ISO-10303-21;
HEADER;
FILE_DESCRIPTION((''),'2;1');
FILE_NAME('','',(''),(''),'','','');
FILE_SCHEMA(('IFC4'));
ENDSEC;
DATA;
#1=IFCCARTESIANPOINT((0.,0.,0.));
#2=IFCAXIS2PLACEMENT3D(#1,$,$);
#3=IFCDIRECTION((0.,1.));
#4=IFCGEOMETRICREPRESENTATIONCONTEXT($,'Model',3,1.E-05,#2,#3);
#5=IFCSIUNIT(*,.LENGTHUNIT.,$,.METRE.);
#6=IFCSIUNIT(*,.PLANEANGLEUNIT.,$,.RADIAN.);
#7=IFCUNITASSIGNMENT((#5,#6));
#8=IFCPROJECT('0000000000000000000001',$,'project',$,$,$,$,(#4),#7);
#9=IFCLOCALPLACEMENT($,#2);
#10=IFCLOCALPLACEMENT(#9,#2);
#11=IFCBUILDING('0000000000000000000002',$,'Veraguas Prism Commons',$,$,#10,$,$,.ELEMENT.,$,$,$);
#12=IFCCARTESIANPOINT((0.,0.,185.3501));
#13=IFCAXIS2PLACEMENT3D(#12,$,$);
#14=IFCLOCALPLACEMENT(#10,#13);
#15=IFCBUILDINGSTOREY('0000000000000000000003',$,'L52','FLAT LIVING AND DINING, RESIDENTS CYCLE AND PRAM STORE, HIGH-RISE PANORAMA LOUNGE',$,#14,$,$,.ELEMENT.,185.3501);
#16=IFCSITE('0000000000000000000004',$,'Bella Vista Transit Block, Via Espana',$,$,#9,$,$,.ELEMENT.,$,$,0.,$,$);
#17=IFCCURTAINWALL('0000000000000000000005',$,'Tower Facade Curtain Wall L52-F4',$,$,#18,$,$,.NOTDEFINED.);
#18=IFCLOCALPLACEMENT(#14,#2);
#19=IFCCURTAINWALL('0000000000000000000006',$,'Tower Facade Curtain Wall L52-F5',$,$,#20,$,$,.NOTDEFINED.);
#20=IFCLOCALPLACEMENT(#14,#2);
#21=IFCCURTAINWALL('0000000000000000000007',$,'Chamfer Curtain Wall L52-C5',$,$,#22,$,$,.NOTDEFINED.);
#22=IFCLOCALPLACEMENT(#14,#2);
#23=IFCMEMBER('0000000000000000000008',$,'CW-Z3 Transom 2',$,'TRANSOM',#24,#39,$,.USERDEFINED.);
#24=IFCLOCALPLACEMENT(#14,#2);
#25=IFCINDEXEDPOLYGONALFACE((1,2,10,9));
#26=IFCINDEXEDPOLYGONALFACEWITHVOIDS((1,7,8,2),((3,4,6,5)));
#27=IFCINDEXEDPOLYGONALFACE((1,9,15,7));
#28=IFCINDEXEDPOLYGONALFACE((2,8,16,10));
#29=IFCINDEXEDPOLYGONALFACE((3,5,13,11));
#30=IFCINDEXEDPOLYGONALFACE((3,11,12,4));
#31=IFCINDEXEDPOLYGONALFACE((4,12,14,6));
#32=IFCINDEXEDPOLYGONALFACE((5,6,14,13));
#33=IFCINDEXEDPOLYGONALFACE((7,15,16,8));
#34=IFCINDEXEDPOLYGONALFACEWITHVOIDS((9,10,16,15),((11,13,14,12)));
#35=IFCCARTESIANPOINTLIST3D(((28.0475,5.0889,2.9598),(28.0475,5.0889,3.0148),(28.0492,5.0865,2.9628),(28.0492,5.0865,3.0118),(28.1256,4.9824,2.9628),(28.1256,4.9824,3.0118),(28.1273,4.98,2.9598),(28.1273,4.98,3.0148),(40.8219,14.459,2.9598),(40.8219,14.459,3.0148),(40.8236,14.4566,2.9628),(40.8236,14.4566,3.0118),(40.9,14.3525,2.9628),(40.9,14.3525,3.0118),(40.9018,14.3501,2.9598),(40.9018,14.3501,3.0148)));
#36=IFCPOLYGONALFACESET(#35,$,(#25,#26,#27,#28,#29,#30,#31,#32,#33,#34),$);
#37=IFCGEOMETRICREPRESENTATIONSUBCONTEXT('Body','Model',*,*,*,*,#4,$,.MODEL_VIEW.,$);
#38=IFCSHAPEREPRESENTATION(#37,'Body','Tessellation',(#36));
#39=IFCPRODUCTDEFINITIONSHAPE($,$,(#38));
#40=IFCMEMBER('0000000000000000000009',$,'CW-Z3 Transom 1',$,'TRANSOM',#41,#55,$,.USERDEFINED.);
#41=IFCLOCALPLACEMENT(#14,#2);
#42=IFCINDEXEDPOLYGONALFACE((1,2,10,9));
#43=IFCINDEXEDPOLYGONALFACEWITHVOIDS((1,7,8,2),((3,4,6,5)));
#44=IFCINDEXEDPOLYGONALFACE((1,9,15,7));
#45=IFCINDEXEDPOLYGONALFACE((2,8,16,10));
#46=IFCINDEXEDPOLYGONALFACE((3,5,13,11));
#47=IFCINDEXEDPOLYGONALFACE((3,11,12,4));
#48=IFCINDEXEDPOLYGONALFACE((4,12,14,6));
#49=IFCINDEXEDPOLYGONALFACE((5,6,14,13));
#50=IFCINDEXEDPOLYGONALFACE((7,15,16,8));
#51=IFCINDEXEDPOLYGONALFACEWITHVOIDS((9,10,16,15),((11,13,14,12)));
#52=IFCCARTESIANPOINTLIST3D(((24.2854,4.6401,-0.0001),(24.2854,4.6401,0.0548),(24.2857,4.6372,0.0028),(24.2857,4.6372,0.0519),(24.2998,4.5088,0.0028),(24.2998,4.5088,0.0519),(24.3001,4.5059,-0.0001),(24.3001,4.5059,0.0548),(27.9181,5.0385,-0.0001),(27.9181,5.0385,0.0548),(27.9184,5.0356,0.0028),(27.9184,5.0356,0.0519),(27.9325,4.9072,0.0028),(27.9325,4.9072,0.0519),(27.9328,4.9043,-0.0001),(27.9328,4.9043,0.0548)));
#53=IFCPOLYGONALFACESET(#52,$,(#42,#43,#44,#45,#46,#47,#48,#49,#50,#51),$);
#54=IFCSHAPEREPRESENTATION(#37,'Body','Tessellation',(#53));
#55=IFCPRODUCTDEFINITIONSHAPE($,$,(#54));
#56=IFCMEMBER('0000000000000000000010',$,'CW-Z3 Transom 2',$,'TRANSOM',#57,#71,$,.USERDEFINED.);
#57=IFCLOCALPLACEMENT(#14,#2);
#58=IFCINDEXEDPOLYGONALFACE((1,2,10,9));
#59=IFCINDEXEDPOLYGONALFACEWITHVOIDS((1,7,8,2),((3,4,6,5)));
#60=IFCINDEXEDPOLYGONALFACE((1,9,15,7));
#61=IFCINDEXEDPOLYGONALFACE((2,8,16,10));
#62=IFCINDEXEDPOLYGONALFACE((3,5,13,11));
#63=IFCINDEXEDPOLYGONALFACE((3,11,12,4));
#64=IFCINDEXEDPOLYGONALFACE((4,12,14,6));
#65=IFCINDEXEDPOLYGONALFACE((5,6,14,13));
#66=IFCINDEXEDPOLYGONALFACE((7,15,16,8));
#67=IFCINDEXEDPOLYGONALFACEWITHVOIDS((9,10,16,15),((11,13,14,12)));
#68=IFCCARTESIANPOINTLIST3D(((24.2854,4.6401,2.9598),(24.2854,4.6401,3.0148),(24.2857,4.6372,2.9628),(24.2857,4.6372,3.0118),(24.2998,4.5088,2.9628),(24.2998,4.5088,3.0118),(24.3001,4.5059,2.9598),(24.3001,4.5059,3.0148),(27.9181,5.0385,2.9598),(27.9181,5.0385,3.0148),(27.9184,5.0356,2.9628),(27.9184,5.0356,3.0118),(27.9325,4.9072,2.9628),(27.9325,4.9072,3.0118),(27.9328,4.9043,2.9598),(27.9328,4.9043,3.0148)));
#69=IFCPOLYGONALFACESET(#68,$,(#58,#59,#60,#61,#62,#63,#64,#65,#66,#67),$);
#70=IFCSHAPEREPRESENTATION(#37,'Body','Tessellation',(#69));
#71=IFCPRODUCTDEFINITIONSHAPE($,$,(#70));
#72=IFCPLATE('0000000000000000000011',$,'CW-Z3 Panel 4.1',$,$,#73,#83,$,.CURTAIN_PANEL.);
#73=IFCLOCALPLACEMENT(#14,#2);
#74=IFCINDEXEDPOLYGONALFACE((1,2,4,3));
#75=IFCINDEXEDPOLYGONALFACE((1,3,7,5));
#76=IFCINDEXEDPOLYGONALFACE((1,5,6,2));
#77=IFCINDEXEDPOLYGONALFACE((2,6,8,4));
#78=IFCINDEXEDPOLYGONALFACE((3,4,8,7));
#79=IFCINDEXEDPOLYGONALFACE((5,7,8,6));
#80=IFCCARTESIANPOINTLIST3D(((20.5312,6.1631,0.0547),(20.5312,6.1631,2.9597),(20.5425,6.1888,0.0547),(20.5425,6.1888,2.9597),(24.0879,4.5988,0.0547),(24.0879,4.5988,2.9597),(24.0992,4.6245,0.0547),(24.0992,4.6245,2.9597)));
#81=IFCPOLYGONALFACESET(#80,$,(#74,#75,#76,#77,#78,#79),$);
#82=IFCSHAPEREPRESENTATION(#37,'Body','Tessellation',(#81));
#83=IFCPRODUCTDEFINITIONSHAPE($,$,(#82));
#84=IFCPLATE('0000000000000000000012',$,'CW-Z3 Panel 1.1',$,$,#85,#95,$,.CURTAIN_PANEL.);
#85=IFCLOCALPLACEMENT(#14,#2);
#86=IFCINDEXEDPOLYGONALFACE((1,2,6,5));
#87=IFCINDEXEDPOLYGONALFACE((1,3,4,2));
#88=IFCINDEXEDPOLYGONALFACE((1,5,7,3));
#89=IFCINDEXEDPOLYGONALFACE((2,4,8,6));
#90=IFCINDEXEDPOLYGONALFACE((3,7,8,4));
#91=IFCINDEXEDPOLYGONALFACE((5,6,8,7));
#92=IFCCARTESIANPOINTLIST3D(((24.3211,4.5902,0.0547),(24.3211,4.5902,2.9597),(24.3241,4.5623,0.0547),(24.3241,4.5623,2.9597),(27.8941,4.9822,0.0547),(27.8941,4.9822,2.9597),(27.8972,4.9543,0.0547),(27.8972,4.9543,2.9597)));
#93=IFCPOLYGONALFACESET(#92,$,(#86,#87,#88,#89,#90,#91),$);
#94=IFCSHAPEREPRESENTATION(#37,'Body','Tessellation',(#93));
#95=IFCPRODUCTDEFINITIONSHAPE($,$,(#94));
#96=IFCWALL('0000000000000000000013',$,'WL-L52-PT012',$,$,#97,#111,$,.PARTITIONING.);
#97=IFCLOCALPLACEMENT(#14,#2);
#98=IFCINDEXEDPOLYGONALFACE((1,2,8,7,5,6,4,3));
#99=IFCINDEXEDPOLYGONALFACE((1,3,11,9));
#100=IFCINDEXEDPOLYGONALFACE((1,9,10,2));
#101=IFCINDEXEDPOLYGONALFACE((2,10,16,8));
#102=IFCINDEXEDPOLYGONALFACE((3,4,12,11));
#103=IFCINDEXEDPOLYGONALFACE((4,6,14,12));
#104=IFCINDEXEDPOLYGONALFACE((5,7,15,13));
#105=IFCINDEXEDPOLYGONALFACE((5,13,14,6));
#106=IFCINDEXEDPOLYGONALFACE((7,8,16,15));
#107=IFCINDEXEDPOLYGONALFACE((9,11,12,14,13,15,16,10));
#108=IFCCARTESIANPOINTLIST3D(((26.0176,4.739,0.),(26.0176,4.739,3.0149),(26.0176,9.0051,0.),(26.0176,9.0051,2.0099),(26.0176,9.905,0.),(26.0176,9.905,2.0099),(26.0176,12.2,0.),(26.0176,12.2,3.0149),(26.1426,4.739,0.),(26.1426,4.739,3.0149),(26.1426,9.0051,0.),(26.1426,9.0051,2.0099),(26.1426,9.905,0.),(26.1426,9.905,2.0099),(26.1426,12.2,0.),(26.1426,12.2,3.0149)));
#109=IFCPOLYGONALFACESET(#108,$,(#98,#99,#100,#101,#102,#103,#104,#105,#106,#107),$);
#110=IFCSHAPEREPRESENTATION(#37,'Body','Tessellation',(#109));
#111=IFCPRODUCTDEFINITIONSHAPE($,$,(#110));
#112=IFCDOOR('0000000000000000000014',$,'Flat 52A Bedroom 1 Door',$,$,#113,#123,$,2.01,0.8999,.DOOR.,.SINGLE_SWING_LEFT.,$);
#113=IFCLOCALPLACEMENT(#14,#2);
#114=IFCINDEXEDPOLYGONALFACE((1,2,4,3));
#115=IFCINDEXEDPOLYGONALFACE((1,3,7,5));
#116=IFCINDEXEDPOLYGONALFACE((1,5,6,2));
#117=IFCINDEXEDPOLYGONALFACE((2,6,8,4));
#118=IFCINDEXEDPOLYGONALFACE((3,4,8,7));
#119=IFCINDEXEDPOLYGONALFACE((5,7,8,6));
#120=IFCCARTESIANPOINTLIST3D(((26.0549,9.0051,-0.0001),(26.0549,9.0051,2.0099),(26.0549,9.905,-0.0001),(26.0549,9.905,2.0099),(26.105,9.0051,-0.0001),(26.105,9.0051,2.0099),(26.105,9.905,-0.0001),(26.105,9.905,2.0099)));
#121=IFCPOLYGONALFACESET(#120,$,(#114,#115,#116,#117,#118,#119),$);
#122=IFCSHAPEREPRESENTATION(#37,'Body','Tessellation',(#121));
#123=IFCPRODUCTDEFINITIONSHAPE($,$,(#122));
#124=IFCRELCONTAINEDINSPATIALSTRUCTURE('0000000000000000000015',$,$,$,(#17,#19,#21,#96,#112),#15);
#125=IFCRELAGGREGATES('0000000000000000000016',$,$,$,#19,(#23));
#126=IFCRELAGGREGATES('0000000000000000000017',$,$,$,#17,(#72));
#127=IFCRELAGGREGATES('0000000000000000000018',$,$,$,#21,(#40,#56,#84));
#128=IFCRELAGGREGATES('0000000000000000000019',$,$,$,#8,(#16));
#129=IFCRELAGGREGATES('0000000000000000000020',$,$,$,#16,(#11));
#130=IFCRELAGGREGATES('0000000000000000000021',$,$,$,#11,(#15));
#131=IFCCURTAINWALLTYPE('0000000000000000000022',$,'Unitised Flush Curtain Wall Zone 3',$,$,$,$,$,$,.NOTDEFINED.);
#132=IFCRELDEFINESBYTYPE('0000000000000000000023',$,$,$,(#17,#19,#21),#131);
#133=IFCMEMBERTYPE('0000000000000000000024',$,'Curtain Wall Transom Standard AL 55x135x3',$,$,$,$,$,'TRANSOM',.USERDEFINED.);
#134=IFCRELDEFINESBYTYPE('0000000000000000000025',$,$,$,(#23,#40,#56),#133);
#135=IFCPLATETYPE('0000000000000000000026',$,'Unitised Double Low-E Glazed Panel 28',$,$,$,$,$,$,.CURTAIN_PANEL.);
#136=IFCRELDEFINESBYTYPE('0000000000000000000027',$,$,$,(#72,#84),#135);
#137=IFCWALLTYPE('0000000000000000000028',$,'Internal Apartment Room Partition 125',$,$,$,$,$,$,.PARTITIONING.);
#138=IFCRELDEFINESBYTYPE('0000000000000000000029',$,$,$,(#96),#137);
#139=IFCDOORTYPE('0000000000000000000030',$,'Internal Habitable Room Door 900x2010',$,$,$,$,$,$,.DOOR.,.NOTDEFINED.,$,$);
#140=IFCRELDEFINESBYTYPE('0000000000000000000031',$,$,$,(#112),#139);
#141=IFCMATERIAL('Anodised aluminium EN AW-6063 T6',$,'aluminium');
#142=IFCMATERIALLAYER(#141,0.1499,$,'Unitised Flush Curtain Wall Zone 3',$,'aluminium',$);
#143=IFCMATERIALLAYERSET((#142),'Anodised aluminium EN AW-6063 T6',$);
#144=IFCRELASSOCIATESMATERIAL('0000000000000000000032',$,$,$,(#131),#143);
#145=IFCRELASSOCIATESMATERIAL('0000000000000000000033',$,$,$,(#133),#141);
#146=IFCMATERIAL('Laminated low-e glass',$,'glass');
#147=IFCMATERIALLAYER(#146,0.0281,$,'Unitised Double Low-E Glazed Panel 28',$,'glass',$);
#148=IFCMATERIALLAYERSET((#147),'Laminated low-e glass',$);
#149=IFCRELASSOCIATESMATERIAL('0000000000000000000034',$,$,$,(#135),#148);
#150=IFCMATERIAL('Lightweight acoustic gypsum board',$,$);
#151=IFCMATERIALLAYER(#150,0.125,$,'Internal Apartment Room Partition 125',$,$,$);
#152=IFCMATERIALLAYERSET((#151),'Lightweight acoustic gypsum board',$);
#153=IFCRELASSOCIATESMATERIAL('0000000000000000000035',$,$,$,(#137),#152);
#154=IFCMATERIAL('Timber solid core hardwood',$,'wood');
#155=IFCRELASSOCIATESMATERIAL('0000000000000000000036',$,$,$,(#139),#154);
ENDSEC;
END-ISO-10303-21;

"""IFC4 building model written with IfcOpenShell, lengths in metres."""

from ifc_helpers import new_model, si_unit, direction, frame, frame_2d, origin, origin_2d, place, context, subcontext, project, spatial, rectangle, hollow_rectangle, extrude, source, transform, mapped, material, layer, layer_set, material_profile, profile_set, type_object, element, fill, aggregate, save


model = new_model("IFC4")

# Units and contexts
model_context = context("Model", 3, precision=1e-05, world=origin(), true_north=direction((0.0, 1.0)))
body_context = subcontext(model_context, "Body", "Model", "MODEL_VIEW")
ifc_project = project(units=[si_unit("LENGTHUNIT", "METRE"), si_unit("PLANEANGLEUNIT", "RADIAN")], contexts=[model_context])

# Site, building, storey
site_placement = place(None, origin())
site = spatial("IfcSite", under=ifc_project, at=site_placement, Name="Bella Vista Transit Block, Via Espana", CompositionType="ELEMENT", RefElevation=0.0)
building_placement = place(site_placement, origin())
building = spatial("IfcBuilding", under=site, at=building_placement, Name="Veraguas Prism Commons", CompositionType="ELEMENT")
storey_placement = place(building_placement, frame((0.0, 0.0, 185.3501)))
storey = spatial("IfcBuildingStorey", under=building, at=storey_placement, Name="L52", Description="FLAT LIVING AND DINING, RESIDENTS CYCLE AND PRAM STORE, HIGH-RISE PANORAMA LOUNGE", CompositionType="ELEMENT", Elevation=185.3501)

# Curtain wall
ifc_material_1 = material(Name="Anodised aluminium EN AW-6063 T6", Category="aluminium")
ifc_layer_1 = layer(ifc_material_1, 0.1499, Name="Unitised Flush Curtain Wall Zone 3", Category="aluminium")
ifc_layer_set_1 = layer_set([ifc_layer_1], Name="Anodised aluminium EN AW-6063 T6")
curtain_wall_type = type_object("IfcCurtainWallType", Name="Unitised Flush Curtain Wall Zone 3", PredefinedType="NOTDEFINED", material=ifc_layer_set_1)
curtain_wall_1_placement = place(storey_placement, origin())
curtain_wall_1 = element("IfcCurtainWall", 1, at=curtain_wall_1_placement, inside=storey, type_object=curtain_wall_type, Name="Tower Facade Curtain Wall L52-F4", PredefinedType="NOTDEFINED")

# Curtain wall
curtain_wall_2_placement = place(storey_placement, origin())
curtain_wall_2 = element("IfcCurtainWall", 2, at=curtain_wall_2_placement, inside=storey, type_object=curtain_wall_type, Name="Tower Facade Curtain Wall L52-F5", PredefinedType="NOTDEFINED")

# Curtain wall
curtain_wall_3_placement = place(storey_placement, origin())
curtain_wall_3 = element("IfcCurtainWall", 3, at=curtain_wall_3_placement, inside=storey, type_object=curtain_wall_type, Name="Chamfer Curtain Wall L52-C5", PredefinedType="NOTDEFINED")

# Members
ifc_material_profile_1 = material_profile(ifc_material_1, hollow_rectangle(XDim=0.0549, YDim=0.135, WallThickness=0.0029, at=origin_2d()), Name="AL55X135X3")
ifc_profile_set_1 = profile_set([ifc_material_profile_1], Name="Anodised aluminium EN AW-6063 T6")
member_type_1 = type_object("IfcMemberType", Name="Curtain Wall Transom Standard AL 55x135x3", ElementType="TRANSOM", PredefinedType="USERDEFINED", material=ifc_profile_set_1)
shared_shape_1 = source(origin(), body_context, "Body", "SweptSolid", [
    extrude(hollow_rectangle(XDim=0.0549, YDim=0.135, WallThickness=0.0029, at=origin_2d()), origin(), (0.0, 0.0, 1.0), 15.8425),
])
member_1_placement = place(storey_placement, frame((28.0874, 5.0344, 2.9873), z_axis=(0.806338, 0.591455, 0.0), x_axis=(0.0, 0.0, 1.0)))
member_1 = element("IfcMember", 4, at=member_1_placement, type_object=member_type_1, Name="CW-Z3 Transom 2", ObjectType="TRANSOM", PredefinedType="USERDEFINED", context=body_context, shape_type="MappedRepresentation", body=[
    mapped(shared_shape_1, transform((0.0, 0.0, 0.0), scale=1.0)),
])
aggregate(curtain_wall_2, [member_1])
shared_shape_2 = source(origin(), body_context, "Body", "SweptSolid", [
    extrude(hollow_rectangle(XDim=0.0549, YDim=0.135, WallThickness=0.0029, at=origin_2d()), origin(), (0.0, 0.0, 1.0), 3.6545),
])
member_2_placement = place(storey_placement, frame((24.2927, 4.573, 0.0273), z_axis=(0.994039, 0.109024, 0.0), x_axis=(0.0, 0.0, 1.0)))
member_2 = element("IfcMember", 5, at=member_2_placement, type_object=member_type_1, Name="CW-Z3 Transom 1", ObjectType="TRANSOM", PredefinedType="USERDEFINED", context=body_context, shape_type="MappedRepresentation", body=[
    mapped(shared_shape_2, transform((0.0, 0.0, 0.0), scale=1.0)),
])
member_3_placement = place(storey_placement, frame((24.2927, 4.573, 2.9873), z_axis=(0.994039, 0.109024, 0.0), x_axis=(0.0, 0.0, 1.0)))
member_3 = element("IfcMember", 6, at=member_3_placement, type_object=member_type_1, Name="CW-Z3 Transom 2", ObjectType="TRANSOM", PredefinedType="USERDEFINED", context=body_context, shape_type="MappedRepresentation", body=[
    mapped(shared_shape_2, transform((0.0, 0.0, 0.0), scale=1.0)),
])

# Plates
ifc_material_2 = material(Name="Laminated low-e glass", Category="glass")
ifc_layer_2 = layer(ifc_material_2, 0.0281, Name="Unitised Double Low-E Glazed Panel 28", Category="glass")
ifc_layer_set_2 = layer_set([ifc_layer_2], Name="Laminated low-e glass")
plate_type = type_object("IfcPlateType", Name="Unitised Double Low-E Glazed Panel 28", PredefinedType="CURTAIN_PANEL", material=ifc_layer_set_2)
shared_shape_3 = source(origin(), body_context, "Body", "SweptSolid", [
    extrude(rectangle(XDim=3.8855, YDim=0.0281, at=origin_2d()), origin(), (0.0, 0.0, 1.0), 2.905),
])
plate_1_placement = place(storey_placement, frame((22.3152, 5.3938, 0.0547), z_axis=(0.0, 0.0, 1.0), x_axis=(0.915385, -0.402581, 0.0)))
plate_1 = element("IfcPlate", 7, at=plate_1_placement, type_object=plate_type, Name="CW-Z3 Panel 4.1", PredefinedType="CURTAIN_PANEL", context=body_context, shape_type="MappedRepresentation", body=[
    mapped(shared_shape_3, transform((0.0, 0.0, 0.0), scale=1.0)),
])
aggregate(curtain_wall_1, [plate_1])
shared_shape_4 = source(origin(), body_context, "Body", "SweptSolid", [
    extrude(rectangle(XDim=3.5945, YDim=0.0281, at=origin_2d()), origin(), (0.0, 0.0, 1.0), 2.905),
])
plate_2_placement = place(storey_placement, frame((26.1091, 4.7722, 0.0547), z_axis=(0.0, 0.0, 1.0), x_axis=(0.994035, 0.109061, 0.0)))
plate_2 = element("IfcPlate", 8, at=plate_2_placement, type_object=plate_type, Name="CW-Z3 Panel 1.1", PredefinedType="CURTAIN_PANEL", context=body_context, shape_type="MappedRepresentation", body=[
    mapped(shared_shape_4, transform((0.0, 0.0, 0.0), scale=1.0)),
])
aggregate(curtain_wall_3, [member_2, member_3, plate_2])

# Wall, opening, door
ifc_material_3 = material(Name="Lightweight acoustic gypsum board")
ifc_layer_3 = layer(ifc_material_3, 0.125, Name="Internal Apartment Room Partition 125")
ifc_layer_set_3 = layer_set([ifc_layer_3], Name="Lightweight acoustic gypsum board")
wall_type = type_object("IfcWallType", Name="Internal Apartment Room Partition 125", PredefinedType="PARTITIONING", material=ifc_layer_set_3)
wall_placement = place(storey_placement, frame((26.0801, 12.2, 0.0), z_axis=(0.0, 0.0, 1.0), x_axis=(0.0, -1.0, 0.0)))
wall = element("IfcWall", 9, at=wall_placement, inside=storey, type_object=wall_type, Name="WL-L52-PT012", PredefinedType="PARTITIONING", context=body_context, shape_type="SweptSolid", body=[
    extrude(rectangle(XDim=7.4609, YDim=0.125, at=frame_2d((3.7305, 0.0))), origin(), (0.0, 0.0, 1.0), 3.0149),
])
opening_placement = place(wall_placement, frame((2.2949, 0.0, 0.0)))
opening = element("IfcOpeningElement", 10, at=opening_placement, cuts=wall, PredefinedType="OPENING", context=body_context, shape_type="SweptSolid", body=[
    extrude(rectangle(XDim=0.8999, YDim=2.01, at=frame_2d((0.45, 1.0049))), frame((0.0, 0.0725, 0.0), z_axis=(0.0, -1.0, 0.0), x_axis=(1.0, 0.0, 0.0)), (0.0, 0.0, 1.0), 0.145),
])
ifc_material_4 = material(Name="Timber solid core hardwood", Category="wood")
door_type = type_object("IfcDoorType", Name="Internal Habitable Room Door 900x2010", OperationType="NOTDEFINED", PredefinedType="DOOR", material=ifc_material_4)
shared_shape_5 = source(origin(), body_context, "Body", "SweptSolid", [
    extrude(rectangle(XDim=0.8999, YDim=2.01, at=frame_2d((0.45, 1.0049))), frame((0.0, 0.0249, 0.0), z_axis=(0.0, -1.0, 0.0), x_axis=(1.0, 0.0, 0.0)), (0.0, 0.0, 1.0), 0.05),
])
door_placement = place(opening_placement, origin())
door = element("IfcDoor", 11, at=door_placement, inside=storey, type_object=door_type, Name="Flat 52A Bedroom 1 Door", OperationType="SINGLE_SWING_LEFT", OverallHeight=2.01, OverallWidth=0.8999, PredefinedType="DOOR", context=body_context, shape_type="MappedRepresentation", body=[
    mapped(shared_shape_5, transform((0.0, 0.0, 0.0), scale=1.0)),
])
fill(opening, door)

save(model, "model.ifc")
